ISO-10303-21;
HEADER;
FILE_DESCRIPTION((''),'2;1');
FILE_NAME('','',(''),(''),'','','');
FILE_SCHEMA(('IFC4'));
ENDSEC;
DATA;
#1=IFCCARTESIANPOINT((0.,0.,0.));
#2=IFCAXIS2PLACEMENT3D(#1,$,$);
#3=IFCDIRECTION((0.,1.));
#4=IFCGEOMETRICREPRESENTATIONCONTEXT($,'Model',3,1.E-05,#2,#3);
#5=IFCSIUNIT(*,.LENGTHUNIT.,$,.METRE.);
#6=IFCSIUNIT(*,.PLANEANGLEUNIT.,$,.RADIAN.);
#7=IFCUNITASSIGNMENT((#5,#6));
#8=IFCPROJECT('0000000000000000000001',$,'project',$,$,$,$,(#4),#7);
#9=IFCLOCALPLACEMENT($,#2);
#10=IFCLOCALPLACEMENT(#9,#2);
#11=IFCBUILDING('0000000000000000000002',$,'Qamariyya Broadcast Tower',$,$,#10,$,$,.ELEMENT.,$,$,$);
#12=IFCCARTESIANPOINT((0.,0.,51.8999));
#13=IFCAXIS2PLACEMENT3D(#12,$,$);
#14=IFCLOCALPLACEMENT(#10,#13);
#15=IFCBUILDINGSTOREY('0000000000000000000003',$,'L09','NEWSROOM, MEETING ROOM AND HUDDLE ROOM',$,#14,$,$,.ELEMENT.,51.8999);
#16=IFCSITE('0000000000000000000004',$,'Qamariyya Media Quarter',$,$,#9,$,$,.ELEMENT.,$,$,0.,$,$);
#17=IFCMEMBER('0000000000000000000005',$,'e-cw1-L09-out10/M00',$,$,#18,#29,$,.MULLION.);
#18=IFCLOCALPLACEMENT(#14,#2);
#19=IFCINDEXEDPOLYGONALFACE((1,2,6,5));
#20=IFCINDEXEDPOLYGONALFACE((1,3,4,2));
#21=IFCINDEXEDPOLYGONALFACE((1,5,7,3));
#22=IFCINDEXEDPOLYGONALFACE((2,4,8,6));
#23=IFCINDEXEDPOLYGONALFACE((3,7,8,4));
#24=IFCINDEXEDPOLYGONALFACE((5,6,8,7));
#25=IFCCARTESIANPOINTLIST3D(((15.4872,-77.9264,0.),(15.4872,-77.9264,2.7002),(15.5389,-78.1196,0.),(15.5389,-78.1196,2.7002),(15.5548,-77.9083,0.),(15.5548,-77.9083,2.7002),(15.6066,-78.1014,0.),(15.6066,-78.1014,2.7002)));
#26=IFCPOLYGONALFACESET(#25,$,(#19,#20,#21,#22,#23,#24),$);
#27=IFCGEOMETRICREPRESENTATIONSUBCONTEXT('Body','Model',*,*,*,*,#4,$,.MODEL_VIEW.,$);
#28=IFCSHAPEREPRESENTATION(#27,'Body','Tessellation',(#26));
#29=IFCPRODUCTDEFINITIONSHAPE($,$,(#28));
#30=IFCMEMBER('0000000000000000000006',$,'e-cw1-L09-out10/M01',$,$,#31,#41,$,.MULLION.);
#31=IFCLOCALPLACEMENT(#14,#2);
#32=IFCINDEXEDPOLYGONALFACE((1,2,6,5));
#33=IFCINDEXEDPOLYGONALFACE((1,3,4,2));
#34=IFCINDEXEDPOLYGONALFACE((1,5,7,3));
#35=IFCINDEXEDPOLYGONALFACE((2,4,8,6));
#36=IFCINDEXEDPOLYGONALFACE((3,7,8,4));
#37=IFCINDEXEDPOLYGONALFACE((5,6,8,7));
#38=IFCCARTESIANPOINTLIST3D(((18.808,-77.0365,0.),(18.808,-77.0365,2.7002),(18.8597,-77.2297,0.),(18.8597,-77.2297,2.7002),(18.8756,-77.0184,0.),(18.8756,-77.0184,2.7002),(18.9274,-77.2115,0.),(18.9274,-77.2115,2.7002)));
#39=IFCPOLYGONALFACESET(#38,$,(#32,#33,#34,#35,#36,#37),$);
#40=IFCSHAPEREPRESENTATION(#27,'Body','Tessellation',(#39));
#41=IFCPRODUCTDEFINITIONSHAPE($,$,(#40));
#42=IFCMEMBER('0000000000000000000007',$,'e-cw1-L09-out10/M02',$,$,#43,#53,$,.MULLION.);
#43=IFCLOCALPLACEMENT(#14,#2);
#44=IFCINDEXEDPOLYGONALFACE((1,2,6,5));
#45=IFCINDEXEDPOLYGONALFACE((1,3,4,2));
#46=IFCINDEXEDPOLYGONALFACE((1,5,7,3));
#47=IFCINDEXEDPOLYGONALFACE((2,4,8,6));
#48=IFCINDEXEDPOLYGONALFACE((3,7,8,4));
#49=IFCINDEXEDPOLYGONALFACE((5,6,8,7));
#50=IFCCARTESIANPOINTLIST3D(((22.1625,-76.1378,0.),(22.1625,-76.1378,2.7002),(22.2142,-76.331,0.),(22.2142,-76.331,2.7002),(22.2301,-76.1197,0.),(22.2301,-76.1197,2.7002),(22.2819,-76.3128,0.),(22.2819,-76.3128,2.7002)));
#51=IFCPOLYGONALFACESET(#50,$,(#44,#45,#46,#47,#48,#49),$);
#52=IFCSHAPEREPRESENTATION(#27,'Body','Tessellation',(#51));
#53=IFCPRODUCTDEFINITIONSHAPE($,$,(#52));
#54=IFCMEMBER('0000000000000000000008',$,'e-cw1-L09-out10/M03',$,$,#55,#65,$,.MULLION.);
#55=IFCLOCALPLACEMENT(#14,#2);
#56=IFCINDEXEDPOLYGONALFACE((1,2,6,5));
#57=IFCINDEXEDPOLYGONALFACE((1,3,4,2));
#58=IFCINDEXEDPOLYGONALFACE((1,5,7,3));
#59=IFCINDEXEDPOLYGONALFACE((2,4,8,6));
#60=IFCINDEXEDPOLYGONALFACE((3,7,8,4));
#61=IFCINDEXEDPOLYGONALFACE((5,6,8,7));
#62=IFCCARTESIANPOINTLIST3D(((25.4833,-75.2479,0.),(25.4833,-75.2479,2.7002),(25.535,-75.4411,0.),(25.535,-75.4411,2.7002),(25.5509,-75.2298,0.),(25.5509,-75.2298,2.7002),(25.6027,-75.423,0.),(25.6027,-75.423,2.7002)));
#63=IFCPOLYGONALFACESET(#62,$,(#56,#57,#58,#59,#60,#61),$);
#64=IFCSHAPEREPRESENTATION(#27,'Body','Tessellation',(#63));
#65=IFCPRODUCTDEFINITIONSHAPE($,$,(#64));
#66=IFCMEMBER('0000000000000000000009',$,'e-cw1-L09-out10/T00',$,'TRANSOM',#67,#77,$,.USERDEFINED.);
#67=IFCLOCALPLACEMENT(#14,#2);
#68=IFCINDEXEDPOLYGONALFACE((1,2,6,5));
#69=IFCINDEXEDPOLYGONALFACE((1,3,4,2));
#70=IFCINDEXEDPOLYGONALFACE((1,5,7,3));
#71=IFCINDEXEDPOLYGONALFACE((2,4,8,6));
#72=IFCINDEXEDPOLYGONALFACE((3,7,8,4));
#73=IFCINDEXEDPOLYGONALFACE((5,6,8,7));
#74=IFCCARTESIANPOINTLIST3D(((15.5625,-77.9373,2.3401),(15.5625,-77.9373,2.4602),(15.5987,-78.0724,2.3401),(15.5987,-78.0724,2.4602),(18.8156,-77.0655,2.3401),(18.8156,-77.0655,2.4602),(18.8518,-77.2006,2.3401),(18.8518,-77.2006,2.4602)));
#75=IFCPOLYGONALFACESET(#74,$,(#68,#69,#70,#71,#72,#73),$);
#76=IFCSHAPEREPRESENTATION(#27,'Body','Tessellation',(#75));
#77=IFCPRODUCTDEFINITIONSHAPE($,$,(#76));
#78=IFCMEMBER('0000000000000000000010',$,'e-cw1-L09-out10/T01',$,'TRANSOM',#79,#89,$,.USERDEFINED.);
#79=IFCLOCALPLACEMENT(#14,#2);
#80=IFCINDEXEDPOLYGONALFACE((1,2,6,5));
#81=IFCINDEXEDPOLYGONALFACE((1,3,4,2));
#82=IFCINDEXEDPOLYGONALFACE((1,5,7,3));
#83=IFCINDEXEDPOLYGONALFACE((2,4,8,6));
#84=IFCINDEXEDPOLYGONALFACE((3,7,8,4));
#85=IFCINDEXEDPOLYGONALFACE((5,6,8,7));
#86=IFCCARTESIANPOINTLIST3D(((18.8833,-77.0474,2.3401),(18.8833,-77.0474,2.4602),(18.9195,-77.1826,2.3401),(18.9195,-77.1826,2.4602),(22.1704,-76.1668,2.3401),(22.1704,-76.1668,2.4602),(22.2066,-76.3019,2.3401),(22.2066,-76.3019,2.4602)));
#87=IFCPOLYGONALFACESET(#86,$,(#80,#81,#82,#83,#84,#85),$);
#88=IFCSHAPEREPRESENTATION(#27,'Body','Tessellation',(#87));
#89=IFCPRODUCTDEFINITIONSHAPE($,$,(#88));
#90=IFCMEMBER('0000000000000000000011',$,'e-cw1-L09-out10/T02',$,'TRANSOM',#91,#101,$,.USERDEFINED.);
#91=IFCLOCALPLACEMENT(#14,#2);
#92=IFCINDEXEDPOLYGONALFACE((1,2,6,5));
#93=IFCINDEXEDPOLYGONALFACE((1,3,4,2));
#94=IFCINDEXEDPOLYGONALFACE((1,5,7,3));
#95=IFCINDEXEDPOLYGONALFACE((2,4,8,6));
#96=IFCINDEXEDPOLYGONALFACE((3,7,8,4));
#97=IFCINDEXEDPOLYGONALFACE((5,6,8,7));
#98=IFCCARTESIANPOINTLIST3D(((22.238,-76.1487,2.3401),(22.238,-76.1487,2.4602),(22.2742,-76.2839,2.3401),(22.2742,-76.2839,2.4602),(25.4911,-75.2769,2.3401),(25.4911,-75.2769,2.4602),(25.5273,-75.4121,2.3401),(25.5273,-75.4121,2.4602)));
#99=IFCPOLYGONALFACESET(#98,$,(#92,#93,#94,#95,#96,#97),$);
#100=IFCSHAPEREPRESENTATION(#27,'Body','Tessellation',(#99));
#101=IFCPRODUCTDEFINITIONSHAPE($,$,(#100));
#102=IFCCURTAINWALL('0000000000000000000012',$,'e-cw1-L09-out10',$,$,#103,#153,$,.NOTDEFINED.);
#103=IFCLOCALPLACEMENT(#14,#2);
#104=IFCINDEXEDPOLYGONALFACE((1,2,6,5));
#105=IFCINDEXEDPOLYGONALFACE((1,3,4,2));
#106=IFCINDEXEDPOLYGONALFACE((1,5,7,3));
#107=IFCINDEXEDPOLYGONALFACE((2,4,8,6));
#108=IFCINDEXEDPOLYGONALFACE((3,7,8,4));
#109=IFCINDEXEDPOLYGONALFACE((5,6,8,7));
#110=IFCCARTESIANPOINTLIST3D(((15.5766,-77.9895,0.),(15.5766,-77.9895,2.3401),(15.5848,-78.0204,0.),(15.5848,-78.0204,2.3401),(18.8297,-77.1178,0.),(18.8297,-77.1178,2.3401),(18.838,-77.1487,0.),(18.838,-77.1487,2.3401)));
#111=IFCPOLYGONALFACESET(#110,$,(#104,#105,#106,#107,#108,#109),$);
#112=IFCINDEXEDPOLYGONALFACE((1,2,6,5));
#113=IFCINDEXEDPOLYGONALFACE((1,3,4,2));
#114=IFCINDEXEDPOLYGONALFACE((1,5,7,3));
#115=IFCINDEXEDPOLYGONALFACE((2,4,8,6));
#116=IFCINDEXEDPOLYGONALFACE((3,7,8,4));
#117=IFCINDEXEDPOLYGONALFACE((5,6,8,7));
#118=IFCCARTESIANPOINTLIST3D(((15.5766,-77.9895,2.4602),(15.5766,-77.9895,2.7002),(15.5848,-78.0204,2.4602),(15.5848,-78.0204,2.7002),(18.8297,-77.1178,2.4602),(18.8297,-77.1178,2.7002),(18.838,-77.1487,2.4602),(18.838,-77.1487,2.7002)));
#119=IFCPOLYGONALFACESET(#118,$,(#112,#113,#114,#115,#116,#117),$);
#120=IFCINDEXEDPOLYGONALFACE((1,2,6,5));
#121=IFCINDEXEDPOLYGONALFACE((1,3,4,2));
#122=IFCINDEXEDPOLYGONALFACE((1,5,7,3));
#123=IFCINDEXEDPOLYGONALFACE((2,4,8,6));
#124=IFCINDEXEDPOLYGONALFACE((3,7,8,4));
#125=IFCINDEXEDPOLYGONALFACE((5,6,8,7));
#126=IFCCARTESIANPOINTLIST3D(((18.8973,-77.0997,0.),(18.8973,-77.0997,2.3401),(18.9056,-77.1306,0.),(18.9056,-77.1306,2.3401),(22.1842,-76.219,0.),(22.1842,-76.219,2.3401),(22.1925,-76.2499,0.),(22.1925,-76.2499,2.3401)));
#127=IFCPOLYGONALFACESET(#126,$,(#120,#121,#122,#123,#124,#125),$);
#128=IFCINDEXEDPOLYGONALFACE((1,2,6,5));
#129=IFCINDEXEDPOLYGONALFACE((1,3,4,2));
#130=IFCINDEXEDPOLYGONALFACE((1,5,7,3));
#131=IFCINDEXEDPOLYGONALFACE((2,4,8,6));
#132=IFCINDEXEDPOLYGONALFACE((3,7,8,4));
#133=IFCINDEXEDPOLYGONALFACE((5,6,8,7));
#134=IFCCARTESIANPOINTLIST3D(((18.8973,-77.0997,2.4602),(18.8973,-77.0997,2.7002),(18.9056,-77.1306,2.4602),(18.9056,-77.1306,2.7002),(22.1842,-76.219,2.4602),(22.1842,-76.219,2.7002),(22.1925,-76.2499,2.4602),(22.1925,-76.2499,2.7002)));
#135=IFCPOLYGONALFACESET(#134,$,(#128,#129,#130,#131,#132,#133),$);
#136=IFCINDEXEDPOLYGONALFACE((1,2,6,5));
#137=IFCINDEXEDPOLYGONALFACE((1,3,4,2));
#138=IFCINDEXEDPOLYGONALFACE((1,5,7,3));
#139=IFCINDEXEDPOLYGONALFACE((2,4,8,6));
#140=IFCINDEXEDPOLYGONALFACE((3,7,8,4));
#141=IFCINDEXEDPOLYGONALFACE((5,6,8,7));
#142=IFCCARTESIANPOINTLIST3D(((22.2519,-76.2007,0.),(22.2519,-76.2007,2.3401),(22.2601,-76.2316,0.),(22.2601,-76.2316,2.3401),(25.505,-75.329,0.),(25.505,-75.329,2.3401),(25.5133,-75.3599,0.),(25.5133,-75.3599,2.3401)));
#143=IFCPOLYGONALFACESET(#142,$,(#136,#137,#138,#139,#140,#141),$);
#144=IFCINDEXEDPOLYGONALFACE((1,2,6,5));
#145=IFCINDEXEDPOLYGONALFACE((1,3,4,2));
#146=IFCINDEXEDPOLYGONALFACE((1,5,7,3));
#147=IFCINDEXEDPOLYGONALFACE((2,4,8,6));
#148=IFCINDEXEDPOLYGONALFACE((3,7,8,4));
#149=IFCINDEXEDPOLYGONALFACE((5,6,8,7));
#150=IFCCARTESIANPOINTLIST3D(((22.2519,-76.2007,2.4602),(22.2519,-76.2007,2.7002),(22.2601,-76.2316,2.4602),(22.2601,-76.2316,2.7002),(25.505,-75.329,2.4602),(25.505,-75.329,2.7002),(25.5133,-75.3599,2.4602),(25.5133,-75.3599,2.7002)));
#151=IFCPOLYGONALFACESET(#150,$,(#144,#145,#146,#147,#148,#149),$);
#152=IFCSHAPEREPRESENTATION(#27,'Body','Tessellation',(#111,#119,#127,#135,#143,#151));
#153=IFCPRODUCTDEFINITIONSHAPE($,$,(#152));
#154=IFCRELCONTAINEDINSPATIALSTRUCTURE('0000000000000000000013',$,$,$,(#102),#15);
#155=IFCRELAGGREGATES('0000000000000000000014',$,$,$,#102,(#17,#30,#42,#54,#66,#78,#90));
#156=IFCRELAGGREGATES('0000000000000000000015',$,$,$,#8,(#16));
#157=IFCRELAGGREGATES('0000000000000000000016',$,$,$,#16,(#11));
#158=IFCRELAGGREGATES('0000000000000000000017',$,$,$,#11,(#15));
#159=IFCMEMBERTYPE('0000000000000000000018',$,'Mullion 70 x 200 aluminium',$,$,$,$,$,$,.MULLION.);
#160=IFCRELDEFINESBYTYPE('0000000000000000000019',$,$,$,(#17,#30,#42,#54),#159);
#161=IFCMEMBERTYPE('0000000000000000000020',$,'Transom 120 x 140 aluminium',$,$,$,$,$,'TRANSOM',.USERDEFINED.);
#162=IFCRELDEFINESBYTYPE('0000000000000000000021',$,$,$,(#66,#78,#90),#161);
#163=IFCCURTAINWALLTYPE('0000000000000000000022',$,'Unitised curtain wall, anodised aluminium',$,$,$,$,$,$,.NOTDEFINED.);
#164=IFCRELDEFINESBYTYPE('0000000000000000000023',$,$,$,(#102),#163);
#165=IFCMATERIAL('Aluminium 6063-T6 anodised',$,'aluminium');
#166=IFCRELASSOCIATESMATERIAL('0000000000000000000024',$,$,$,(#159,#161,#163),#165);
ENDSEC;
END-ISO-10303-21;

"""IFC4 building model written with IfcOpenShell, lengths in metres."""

from ifc_helpers import new_model, si_unit, direction, frame, origin, origin_2d, place, context, subcontext, project, spatial, rectangle, extrude, material, material_profile, profile_set, type_object, element, aggregate, save


model = new_model("IFC4")

# Units and contexts
model_context = context("Model", 3, precision=1e-05, world=origin(), true_north=direction((0.0, 1.0)))
body_context = subcontext(model_context, "Body", "Model", "MODEL_VIEW")
ifc_project = project(units=[si_unit("LENGTHUNIT", "METRE"), si_unit("PLANEANGLEUNIT", "RADIAN")], contexts=[model_context])

# Members
ifc_material = material(Name="Aluminium 6063-T6 anodised", Category="aluminium")
ifc_material_profile_1 = material_profile(ifc_material, rectangle(XDim=0.2, YDim=0.0701, at=origin_2d()))
ifc_profile_set_1 = profile_set([ifc_material_profile_1], Name="Aluminium 6063-T6 anodised")
member_type_1 = type_object("IfcMemberType", Name="Mullion 70 x 200 aluminium", PredefinedType="MULLION", material=ifc_profile_set_1)
site_placement = place(None, origin())
building_placement = place(site_placement, origin())
storey_placement = place(building_placement, frame((0.0, 0.0, 51.8999)))
member_1_placement = place(storey_placement, frame((15.5469, -78.0139, 0.0), z_axis=(0.0, 0.0, 1.0), x_axis=(-0.258819, 0.965926, 0.0)))
member_1 = element("IfcMember", 1, at=member_1_placement, type_object=member_type_1, Name="e-cw1-L09-out10/M00", PredefinedType="MULLION", context=body_context, shape_type="SweptSolid", body=[
    extrude(rectangle(XDim=0.2, YDim=0.0701, at=origin_2d()), origin(), (0.0, 0.0, 1.0), 2.7002),
])
member_2_placement = place(storey_placement, frame((18.8677, -77.124, 0.0), z_axis=(0.0, 0.0, 1.0), x_axis=(-0.258819, 0.965926, 0.0)))
member_2 = element("IfcMember", 2, at=member_2_placement, type_object=member_type_1, Name="e-cw1-L09-out10/M01", PredefinedType="MULLION", context=body_context, shape_type="SweptSolid", body=[
    extrude(rectangle(XDim=0.2, YDim=0.0701, at=origin_2d()), origin(), (0.0, 0.0, 1.0), 2.7002),
])
member_3_placement = place(storey_placement, frame((22.2222, -76.2253, 0.0), z_axis=(0.0, 0.0, 1.0), x_axis=(-0.258819, 0.965926, 0.0)))
member_3 = element("IfcMember", 3, at=member_3_placement, type_object=member_type_1, Name="e-cw1-L09-out10/M02", PredefinedType="MULLION", context=body_context, shape_type="SweptSolid", body=[
    extrude(rectangle(XDim=0.2, YDim=0.0701, at=origin_2d()), origin(), (0.0, 0.0, 1.0), 2.7002),
])
member_4_placement = place(storey_placement, frame((25.543, -75.3354, 0.0), z_axis=(0.0, 0.0, 1.0), x_axis=(-0.258819, 0.965926, 0.0)))
member_4 = element("IfcMember", 4, at=member_4_placement, type_object=member_type_1, Name="e-cw1-L09-out10/M03", PredefinedType="MULLION", context=body_context, shape_type="SweptSolid", body=[
    extrude(rectangle(XDim=0.2, YDim=0.0701, at=origin_2d()), origin(), (0.0, 0.0, 1.0), 2.7002),
])
ifc_material_profile_2 = material_profile(ifc_material, rectangle(XDim=0.1399, YDim=0.1201, at=origin_2d()))
ifc_profile_set_2 = profile_set([ifc_material_profile_2], Name="Aluminium 6063-T6 anodised")
member_type_2 = type_object("IfcMemberType", Name="Transom 120 x 140 aluminium", ElementType="TRANSOM", PredefinedType="USERDEFINED", material=ifc_profile_set_2)
member_5_placement = place(storey_placement, frame((15.5806, -78.0049, 2.4001), z_axis=(0.965915, 0.258858, 0.0), x_axis=(-0.258858, 0.965915, 0.0)))
member_5 = element("IfcMember", 5, at=member_5_placement, type_object=member_type_2, Name="e-cw1-L09-out10/T00", ObjectType="TRANSOM", PredefinedType="USERDEFINED", context=body_context, shape_type="SweptSolid", body=[
    extrude(rectangle(XDim=0.1399, YDim=0.1201, at=origin_2d()), origin(), (0.0, 0.0, 1.0), 3.3679),
])
member_6_placement = place(storey_placement, frame((18.9014, -77.115, 2.4001), z_axis=(0.965938, 0.258774, 0.0), x_axis=(-0.258774, 0.965938, 0.0)))
member_6 = element("IfcMember", 6, at=member_6_placement, type_object=member_type_2, Name="e-cw1-L09-out10/T01", ObjectType="TRANSOM", PredefinedType="USERDEFINED", context=body_context, shape_type="SweptSolid", body=[
    extrude(rectangle(XDim=0.1399, YDim=0.1201, at=origin_2d()), origin(), (0.0, 0.0, 1.0), 3.4031),
])
member_7_placement = place(storey_placement, frame((22.2561, -76.2163, 2.4001), z_axis=(0.965915, 0.258858, 0.0), x_axis=(-0.258858, 0.965915, 0.0)))
member_7 = element("IfcMember", 7, at=member_7_placement, type_object=member_type_2, Name="e-cw1-L09-out10/T02", ObjectType="TRANSOM", PredefinedType="USERDEFINED", context=body_context, shape_type="SweptSolid", body=[
    extrude(rectangle(XDim=0.1399, YDim=0.1201, at=origin_2d()), origin(), (0.0, 0.0, 1.0), 3.3679),
])

# Site, building, storey
site = spatial("IfcSite", under=ifc_project, at=site_placement, Name="Qamariyya Media Quarter", CompositionType="ELEMENT", RefElevation=0.0)
building = spatial("IfcBuilding", under=site, at=building_placement, Name="Qamariyya Broadcast Tower", CompositionType="ELEMENT")
storey = spatial("IfcBuildingStorey", under=building, at=storey_placement, Name="L09", Description="NEWSROOM, MEETING ROOM AND HUDDLE ROOM", CompositionType="ELEMENT", Elevation=51.8999)

# Curtain wall
curtain_wall_type = type_object("IfcCurtainWallType", Name="Unitised curtain wall, anodised aluminium", PredefinedType="NOTDEFINED", material=ifc_material)
curtain_wall_1_placement = place(storey_placement, origin())
curtain_wall_1 = element("IfcCurtainWall", 8, at=curtain_wall_1_placement, inside=storey, type_object=curtain_wall_type, Name="e-cw1-L09-out10", PredefinedType="NOTDEFINED", context=body_context, shape_type="SweptSolid", body=[
    extrude(rectangle(XDim=3.3679, YDim=0.032, at=origin_2d()), frame((17.2073, -77.5691, 0.0), x_axis=(0.965925, 0.258822, 0.0)), (0.0, 0.0, 1.0), 2.3401),
    extrude(rectangle(XDim=3.3679, YDim=0.032, at=origin_2d()), frame((17.2073, -77.5691, 2.4602), x_axis=(0.965925, 0.258822, 0.0)), (0.0, 0.0, 1.0), 0.24),
    extrude(rectangle(XDim=3.4028, YDim=0.032, at=origin_2d()), frame((20.5449, -76.6748, 0.0), x_axis=(0.965925, 0.258822, 0.0)), (0.0, 0.0, 1.0), 2.3401),
    extrude(rectangle(XDim=3.4028, YDim=0.032, at=origin_2d()), frame((20.5449, -76.6748, 2.4602), x_axis=(0.965925, 0.258822, 0.0)), (0.0, 0.0, 1.0), 0.24),
    extrude(rectangle(XDim=3.3679, YDim=0.032, at=origin_2d()), frame((23.8826, -75.7803, 0.0), x_axis=(0.965925, 0.258822, 0.0)), (0.0, 0.0, 1.0), 2.3401),
    extrude(rectangle(XDim=3.3679, YDim=0.032, at=origin_2d()), frame((23.8826, -75.7803, 2.4602), x_axis=(0.965925, 0.258822, 0.0)), (0.0, 0.0, 1.0), 0.24),
])
aggregate(curtain_wall_1, [member_1, member_2, member_3, member_4, member_5, member_6, member_7])

save(model, "model.ifc")
